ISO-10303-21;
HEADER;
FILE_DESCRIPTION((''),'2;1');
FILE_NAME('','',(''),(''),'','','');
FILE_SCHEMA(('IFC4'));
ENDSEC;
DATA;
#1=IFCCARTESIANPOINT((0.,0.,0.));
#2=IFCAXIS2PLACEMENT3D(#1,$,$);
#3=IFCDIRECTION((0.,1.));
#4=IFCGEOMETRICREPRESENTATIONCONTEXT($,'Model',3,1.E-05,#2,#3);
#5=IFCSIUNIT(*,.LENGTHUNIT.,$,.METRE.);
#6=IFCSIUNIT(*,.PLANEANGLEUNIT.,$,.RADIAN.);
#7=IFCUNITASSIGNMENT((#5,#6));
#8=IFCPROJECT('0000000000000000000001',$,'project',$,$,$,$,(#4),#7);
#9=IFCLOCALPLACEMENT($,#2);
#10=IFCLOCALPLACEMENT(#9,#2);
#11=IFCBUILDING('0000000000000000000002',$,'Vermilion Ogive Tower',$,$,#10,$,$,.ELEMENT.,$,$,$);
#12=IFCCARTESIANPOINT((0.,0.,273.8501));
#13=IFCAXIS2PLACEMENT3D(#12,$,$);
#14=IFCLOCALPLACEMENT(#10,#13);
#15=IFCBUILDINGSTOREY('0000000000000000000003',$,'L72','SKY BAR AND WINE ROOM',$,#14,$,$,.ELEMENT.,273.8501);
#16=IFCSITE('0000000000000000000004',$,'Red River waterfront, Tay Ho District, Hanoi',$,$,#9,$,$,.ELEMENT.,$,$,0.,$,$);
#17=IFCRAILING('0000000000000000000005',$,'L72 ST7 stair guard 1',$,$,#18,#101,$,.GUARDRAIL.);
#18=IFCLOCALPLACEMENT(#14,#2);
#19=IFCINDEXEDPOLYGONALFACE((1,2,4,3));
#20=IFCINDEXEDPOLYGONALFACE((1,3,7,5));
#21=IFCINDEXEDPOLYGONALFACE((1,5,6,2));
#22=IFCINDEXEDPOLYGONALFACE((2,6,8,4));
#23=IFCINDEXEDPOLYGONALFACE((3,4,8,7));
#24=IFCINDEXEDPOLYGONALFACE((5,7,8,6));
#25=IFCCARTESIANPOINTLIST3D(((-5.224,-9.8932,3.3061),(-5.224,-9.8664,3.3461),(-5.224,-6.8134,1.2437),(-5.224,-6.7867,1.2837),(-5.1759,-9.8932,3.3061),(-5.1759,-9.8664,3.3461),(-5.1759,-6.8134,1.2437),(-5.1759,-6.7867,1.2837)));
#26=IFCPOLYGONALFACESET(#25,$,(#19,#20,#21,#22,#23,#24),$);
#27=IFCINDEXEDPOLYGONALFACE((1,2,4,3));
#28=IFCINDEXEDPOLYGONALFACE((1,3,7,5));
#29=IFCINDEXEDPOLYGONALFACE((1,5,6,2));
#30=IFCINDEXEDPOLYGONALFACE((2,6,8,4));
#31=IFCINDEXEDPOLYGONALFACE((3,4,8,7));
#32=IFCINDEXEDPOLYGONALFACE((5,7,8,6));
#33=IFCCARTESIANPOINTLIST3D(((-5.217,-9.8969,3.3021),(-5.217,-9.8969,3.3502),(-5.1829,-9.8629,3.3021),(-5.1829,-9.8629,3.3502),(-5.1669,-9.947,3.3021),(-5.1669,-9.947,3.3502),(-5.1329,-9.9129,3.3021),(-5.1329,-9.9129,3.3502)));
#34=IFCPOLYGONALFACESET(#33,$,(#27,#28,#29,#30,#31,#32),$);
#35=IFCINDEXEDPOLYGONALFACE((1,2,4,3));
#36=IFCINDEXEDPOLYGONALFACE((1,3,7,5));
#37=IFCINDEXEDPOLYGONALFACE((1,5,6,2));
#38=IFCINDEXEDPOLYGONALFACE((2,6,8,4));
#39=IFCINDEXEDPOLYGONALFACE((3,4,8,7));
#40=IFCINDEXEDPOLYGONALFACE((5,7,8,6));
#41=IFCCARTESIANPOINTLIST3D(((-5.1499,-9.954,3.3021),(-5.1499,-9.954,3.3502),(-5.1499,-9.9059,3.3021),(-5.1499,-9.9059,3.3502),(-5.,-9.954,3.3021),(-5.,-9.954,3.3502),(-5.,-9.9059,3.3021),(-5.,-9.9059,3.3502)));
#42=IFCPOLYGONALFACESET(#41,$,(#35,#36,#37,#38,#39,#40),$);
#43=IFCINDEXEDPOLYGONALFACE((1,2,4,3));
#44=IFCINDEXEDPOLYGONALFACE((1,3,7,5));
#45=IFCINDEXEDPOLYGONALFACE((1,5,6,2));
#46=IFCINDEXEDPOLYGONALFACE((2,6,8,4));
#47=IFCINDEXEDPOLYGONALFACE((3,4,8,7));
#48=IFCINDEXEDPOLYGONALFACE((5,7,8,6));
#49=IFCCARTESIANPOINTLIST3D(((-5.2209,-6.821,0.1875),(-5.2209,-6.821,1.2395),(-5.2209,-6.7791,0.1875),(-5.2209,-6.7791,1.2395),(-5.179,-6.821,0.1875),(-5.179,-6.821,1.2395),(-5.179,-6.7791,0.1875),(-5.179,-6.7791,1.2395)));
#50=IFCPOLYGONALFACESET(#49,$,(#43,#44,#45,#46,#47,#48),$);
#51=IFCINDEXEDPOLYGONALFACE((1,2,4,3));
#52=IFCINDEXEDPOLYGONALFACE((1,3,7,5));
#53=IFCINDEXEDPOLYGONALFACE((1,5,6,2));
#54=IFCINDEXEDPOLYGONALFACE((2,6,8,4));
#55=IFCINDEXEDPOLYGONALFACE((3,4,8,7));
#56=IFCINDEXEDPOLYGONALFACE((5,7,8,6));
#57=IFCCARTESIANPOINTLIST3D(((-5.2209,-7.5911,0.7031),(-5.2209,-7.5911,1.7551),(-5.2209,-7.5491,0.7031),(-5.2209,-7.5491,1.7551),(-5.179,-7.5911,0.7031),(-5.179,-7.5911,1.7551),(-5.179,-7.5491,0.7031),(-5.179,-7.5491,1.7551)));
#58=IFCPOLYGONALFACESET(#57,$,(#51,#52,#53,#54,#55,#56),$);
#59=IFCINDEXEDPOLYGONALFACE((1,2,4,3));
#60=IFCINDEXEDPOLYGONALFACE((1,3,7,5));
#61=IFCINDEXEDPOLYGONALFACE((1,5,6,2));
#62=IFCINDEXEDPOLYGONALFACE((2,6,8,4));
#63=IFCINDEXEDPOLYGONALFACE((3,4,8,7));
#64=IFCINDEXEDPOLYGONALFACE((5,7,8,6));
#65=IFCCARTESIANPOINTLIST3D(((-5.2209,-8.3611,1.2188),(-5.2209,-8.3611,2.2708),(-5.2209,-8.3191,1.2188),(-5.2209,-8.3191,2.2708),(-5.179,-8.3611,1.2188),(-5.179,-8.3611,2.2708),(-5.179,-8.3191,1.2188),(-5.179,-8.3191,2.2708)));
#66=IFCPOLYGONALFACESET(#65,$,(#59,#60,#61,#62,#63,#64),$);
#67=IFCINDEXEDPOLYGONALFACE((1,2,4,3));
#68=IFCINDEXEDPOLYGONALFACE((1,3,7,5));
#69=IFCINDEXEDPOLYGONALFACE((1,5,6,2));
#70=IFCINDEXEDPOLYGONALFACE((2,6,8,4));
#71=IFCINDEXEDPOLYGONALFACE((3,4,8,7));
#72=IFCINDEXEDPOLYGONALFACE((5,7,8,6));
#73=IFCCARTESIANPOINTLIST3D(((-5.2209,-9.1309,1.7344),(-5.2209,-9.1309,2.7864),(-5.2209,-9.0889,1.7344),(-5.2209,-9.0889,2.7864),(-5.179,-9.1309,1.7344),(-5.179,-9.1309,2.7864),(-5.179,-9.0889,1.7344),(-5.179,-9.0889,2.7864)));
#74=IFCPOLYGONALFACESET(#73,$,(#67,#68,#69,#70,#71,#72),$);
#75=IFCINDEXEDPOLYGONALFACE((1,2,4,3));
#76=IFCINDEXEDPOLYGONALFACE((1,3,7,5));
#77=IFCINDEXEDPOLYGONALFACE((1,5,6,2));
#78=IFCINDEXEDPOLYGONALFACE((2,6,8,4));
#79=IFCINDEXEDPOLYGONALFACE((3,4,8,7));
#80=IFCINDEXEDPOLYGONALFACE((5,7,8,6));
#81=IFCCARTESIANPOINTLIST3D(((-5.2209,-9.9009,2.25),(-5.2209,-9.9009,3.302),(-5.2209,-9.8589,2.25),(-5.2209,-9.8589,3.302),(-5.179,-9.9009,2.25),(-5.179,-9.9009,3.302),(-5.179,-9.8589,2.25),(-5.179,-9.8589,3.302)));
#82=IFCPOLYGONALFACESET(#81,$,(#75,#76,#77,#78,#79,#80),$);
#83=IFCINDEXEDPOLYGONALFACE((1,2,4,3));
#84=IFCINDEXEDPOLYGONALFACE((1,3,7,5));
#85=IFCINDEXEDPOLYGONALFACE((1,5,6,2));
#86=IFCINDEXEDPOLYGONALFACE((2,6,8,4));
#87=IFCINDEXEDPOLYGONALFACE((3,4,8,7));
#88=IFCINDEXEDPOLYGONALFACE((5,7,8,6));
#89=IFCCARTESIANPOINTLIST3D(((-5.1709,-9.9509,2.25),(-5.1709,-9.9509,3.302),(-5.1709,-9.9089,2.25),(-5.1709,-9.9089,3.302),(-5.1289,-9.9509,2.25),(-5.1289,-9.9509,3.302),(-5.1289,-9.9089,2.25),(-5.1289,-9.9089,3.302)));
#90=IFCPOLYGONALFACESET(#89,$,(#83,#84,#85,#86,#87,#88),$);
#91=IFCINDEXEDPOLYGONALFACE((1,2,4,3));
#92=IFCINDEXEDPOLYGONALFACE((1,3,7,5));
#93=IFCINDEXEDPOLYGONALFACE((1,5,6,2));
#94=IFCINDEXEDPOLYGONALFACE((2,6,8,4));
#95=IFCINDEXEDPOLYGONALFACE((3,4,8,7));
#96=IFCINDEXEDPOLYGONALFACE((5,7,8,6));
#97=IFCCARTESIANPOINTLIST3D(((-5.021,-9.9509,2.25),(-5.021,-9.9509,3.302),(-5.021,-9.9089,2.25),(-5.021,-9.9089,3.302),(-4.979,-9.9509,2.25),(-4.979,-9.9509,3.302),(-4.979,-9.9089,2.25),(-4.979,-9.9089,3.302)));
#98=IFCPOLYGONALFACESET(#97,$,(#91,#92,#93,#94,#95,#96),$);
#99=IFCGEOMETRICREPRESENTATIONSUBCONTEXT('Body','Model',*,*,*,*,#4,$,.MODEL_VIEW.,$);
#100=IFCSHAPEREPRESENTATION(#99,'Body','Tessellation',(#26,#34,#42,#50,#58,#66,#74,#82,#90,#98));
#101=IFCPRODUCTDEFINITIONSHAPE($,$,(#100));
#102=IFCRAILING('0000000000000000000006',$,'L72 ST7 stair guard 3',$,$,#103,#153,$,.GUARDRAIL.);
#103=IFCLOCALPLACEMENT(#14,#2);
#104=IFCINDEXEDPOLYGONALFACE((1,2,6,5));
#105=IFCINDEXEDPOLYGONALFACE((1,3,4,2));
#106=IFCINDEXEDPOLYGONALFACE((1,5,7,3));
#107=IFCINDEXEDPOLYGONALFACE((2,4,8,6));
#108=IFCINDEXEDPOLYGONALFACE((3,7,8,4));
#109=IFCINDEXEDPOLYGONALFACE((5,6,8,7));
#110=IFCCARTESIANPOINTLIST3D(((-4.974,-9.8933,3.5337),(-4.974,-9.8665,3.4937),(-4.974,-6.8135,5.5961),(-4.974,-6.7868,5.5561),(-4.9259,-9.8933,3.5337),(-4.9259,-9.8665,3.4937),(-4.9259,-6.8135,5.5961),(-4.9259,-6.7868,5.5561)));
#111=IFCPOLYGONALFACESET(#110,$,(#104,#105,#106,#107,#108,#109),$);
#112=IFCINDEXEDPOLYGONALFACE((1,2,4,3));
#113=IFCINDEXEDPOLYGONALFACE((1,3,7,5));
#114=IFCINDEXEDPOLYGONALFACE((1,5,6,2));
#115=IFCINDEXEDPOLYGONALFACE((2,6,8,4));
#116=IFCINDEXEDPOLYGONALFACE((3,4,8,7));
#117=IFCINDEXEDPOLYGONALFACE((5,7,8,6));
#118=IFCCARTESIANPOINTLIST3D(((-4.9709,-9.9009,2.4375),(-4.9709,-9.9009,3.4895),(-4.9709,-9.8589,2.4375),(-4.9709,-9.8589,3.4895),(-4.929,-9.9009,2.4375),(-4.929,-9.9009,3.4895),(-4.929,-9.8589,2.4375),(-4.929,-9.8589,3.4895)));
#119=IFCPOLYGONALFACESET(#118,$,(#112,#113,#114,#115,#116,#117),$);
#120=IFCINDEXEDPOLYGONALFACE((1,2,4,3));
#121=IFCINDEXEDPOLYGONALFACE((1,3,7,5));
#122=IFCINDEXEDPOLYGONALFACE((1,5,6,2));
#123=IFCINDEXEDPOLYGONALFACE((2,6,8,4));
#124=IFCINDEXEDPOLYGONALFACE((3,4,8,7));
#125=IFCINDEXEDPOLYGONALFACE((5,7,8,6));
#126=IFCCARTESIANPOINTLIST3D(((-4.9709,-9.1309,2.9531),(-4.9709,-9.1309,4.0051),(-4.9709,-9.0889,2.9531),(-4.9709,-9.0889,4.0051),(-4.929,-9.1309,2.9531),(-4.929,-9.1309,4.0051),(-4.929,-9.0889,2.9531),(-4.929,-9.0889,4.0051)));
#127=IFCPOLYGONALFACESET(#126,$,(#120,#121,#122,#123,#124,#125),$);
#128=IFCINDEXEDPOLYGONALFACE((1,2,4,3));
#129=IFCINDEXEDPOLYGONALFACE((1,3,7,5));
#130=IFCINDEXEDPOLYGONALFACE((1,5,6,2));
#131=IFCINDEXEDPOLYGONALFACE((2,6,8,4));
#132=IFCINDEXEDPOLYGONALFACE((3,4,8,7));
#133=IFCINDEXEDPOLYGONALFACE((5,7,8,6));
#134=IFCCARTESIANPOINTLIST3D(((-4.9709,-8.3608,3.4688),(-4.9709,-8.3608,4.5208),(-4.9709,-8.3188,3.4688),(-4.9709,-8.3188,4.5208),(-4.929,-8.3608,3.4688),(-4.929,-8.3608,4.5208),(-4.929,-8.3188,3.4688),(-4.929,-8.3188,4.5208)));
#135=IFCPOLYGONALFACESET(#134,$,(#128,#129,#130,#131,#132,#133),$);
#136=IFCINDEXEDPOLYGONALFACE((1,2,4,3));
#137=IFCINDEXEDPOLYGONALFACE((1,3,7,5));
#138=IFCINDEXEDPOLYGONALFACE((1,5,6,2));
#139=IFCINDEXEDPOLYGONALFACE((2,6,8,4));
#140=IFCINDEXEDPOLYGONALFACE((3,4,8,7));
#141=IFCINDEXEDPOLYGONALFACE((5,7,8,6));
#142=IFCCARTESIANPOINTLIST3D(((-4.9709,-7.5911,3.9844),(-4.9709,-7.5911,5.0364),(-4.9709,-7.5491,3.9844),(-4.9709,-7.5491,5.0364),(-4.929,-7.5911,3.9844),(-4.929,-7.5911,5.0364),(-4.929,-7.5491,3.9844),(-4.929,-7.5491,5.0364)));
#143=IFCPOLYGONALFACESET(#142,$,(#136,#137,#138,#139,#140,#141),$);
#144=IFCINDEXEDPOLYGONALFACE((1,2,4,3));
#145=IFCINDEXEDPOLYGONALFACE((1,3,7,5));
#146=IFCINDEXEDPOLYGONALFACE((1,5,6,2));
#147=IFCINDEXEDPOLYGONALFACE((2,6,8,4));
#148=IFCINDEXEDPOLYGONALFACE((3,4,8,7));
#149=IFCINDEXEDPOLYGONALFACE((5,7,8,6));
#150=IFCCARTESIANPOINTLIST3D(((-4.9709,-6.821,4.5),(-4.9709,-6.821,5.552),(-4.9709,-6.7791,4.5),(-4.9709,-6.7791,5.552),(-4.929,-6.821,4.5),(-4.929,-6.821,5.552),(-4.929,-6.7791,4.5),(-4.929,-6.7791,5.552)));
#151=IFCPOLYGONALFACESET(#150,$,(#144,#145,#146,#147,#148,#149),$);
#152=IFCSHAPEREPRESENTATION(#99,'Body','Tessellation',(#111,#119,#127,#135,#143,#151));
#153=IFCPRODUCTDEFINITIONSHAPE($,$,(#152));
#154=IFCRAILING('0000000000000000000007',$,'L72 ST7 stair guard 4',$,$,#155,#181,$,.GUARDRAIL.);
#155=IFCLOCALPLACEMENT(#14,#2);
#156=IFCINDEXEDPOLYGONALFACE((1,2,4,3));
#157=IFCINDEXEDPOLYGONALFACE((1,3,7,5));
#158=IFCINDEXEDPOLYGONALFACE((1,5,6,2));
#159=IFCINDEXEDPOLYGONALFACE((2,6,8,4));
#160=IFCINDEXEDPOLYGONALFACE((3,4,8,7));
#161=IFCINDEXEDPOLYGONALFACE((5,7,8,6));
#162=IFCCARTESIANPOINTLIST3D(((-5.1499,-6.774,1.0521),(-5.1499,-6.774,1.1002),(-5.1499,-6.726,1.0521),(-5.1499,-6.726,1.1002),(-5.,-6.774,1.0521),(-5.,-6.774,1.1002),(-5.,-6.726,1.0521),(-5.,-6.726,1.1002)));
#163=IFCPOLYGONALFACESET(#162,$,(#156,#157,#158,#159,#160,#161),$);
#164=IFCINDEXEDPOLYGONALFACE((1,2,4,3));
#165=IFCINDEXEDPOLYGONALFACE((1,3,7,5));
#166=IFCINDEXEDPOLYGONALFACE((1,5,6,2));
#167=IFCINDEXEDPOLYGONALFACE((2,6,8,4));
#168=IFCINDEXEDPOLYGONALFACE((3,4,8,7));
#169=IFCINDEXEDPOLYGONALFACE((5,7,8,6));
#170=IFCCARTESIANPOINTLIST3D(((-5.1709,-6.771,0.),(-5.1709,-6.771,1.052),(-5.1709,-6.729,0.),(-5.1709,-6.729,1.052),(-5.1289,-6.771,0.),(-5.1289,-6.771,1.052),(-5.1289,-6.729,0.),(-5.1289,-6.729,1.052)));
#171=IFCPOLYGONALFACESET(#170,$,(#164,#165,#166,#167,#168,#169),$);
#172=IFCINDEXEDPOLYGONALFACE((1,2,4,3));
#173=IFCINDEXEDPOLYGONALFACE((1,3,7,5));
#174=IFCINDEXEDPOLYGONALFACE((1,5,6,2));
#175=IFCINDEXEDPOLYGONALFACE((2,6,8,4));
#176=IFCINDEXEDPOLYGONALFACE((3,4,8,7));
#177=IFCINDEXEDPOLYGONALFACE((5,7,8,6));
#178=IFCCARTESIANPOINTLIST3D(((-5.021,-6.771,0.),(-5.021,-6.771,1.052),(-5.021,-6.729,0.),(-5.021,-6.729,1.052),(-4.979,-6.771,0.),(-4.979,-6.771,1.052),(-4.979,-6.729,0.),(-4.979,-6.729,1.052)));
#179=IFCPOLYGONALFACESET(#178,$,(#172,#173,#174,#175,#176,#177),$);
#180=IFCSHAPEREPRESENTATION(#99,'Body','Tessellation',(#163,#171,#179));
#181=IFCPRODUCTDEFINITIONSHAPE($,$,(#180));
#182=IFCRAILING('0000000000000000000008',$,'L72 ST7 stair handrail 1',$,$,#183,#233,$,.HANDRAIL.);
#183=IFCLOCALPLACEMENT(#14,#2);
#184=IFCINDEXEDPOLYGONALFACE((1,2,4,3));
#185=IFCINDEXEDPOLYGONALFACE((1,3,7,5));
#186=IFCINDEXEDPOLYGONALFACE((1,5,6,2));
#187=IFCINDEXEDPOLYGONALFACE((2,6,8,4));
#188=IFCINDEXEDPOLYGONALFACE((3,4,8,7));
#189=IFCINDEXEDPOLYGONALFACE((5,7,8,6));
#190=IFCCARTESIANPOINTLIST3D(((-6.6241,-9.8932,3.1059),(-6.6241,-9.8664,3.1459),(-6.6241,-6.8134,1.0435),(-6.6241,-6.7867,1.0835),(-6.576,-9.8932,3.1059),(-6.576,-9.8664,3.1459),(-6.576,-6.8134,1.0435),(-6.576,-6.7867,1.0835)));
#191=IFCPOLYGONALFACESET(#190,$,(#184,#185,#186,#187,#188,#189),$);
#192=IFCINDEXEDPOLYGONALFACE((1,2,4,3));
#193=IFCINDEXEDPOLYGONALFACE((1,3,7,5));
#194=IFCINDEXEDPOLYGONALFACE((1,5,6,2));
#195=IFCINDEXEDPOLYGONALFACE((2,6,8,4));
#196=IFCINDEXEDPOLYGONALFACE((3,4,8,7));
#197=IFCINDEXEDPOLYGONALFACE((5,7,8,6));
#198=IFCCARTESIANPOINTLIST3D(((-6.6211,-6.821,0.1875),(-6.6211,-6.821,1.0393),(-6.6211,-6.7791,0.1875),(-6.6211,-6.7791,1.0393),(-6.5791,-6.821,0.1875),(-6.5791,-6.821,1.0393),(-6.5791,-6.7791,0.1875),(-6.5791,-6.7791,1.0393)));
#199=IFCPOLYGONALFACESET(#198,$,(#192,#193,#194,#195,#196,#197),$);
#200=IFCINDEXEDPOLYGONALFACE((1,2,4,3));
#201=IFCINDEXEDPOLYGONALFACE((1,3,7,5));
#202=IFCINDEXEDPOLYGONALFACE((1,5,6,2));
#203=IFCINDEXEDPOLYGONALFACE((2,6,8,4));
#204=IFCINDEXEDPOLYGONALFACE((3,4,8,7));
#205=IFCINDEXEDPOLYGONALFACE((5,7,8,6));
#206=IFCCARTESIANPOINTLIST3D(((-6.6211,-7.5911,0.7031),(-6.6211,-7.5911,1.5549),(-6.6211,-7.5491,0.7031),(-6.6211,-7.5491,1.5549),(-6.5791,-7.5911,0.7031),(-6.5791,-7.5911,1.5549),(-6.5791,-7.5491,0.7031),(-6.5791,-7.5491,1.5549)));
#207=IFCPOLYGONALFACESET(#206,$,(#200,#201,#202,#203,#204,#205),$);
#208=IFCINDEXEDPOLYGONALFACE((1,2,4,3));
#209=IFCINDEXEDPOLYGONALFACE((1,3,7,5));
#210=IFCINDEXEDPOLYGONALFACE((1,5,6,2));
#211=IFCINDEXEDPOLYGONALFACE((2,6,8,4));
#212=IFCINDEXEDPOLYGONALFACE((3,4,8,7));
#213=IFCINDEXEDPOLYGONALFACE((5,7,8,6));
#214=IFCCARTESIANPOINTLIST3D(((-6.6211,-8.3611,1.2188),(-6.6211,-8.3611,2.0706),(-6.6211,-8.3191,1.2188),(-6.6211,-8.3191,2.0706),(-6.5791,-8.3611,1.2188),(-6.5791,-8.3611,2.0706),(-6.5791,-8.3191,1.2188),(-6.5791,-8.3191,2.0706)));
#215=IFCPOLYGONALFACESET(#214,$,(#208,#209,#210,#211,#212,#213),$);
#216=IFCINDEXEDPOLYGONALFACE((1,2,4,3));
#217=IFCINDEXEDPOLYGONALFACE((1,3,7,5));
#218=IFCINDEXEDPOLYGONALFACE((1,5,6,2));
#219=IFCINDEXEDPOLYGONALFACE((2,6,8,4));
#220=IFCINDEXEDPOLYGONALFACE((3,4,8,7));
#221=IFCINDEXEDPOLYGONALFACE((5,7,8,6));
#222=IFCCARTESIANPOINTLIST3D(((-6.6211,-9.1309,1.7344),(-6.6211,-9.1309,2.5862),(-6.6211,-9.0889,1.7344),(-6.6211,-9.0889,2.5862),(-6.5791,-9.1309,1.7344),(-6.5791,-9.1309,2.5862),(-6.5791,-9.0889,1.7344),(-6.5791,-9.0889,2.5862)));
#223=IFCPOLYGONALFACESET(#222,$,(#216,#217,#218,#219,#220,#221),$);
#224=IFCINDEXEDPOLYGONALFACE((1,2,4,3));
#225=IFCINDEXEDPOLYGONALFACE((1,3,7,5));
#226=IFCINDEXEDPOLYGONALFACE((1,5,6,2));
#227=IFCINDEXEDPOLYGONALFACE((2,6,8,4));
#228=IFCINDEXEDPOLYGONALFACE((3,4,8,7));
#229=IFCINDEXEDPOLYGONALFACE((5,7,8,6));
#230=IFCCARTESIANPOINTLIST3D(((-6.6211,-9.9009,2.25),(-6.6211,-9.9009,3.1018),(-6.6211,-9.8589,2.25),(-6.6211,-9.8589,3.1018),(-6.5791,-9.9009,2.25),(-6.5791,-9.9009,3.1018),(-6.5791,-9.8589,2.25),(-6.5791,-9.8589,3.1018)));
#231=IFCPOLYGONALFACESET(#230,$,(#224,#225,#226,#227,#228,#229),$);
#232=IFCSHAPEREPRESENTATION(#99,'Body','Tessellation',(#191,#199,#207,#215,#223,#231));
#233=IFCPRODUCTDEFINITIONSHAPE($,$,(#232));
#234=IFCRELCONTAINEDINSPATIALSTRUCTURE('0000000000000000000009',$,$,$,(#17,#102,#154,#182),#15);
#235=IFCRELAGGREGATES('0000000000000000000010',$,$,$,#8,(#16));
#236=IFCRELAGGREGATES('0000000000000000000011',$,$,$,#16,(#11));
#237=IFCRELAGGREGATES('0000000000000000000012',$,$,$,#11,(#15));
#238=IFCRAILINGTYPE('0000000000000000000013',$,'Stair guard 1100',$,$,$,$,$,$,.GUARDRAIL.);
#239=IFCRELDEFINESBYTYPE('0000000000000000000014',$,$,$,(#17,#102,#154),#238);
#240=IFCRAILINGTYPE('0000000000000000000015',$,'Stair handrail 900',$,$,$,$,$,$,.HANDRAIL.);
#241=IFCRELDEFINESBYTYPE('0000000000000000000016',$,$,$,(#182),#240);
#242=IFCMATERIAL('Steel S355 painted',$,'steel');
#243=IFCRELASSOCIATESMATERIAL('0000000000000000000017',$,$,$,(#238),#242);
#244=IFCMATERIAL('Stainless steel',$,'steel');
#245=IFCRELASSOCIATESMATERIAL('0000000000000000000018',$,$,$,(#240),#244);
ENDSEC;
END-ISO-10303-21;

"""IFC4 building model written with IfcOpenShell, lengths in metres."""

from ifc_helpers import new_model, si_unit, direction, frame, origin, origin_2d, place, context, subcontext, project, spatial, rectangle, extrude, material, type_object, element, save


model = new_model("IFC4")

# Units and contexts
model_context = context("Model", 3, precision=1e-05, world=origin(), true_north=direction((0.0, 1.0)))
body_context = subcontext(model_context, "Body", "Model", "MODEL_VIEW")
ifc_project = project(units=[si_unit("LENGTHUNIT", "METRE"), si_unit("PLANEANGLEUNIT", "RADIAN")], contexts=[model_context])

# Site, building, storey
site_placement = place(None, origin())
site = spatial("IfcSite", under=ifc_project, at=site_placement, Name="Red River waterfront, Tay Ho District, Hanoi", CompositionType="ELEMENT", RefElevation=0.0)
building_placement = place(site_placement, origin())
building = spatial("IfcBuilding", under=site, at=building_placement, Name="Vermilion Ogive Tower", CompositionType="ELEMENT")
storey_placement = place(building_placement, frame((0.0, 0.0, 273.8501)))
storey = spatial("IfcBuildingStorey", under=building, at=storey_placement, Name="L72", Description="SKY BAR AND WINE ROOM", CompositionType="ELEMENT", Elevation=273.8501)

# Railings
ifc_material_1 = material(Name="Steel S355 painted", Category="steel")
railing_type_1 = type_object("IfcRailingType", Name="Stair guard 1100", PredefinedType="GUARDRAIL", material=ifc_material_1)
railing_1_placement = place(storey_placement, frame((-5.2, -6.8, 0.1875)))
element("IfcRailing", 1, at=railing_1_placement, inside=storey, type_object=railing_type_1, Name="L72 ST7 stair guard 1", PredefinedType="GUARDRAIL", context=body_context, shape_type="SweptSolid", body=[
    extrude(rectangle(XDim=0.0481, YDim=0.0481, at=origin_2d()), frame((0.0, 0.0, 1.0762), z_axis=(0.0, -0.830893, 0.556432), x_axis=(1.0, 0.0, 0.0)), (0.0, 0.0, 1.0), 3.7065),
    extrude(rectangle(XDim=0.0481, YDim=0.0481, at=origin_2d()), frame((0.0, -3.0798, 3.1387), z_axis=(0.707107, -0.707107, 0.0), x_axis=(0.707107, 0.707107, 0.0)), (0.0, 0.0, 1.0), 0.0708),
    extrude(rectangle(XDim=0.0481, YDim=0.0481, at=origin_2d()), frame((0.05, -3.1299, 3.1387), z_axis=(1.0, 0.0, 0.0), x_axis=(0.0, 1.0, 0.0)), (0.0, 0.0, 1.0), 0.1499),
    extrude(rectangle(XDim=0.042, YDim=0.042, at=origin_2d()), origin(), (0.0, 0.0, 1.0), 1.052),
    extrude(rectangle(XDim=0.042, YDim=0.042, at=origin_2d()), frame((0.0, -0.77, 0.5156)), (0.0, 0.0, 1.0), 1.052),
    extrude(rectangle(XDim=0.042, YDim=0.042, at=origin_2d()), frame((0.0, -1.54, 1.0312)), (0.0, 0.0, 1.0), 1.052),
    extrude(rectangle(XDim=0.042, YDim=0.042, at=origin_2d()), frame((0.0, -2.3098, 1.5469)), (0.0, 0.0, 1.0), 1.052),
    extrude(rectangle(XDim=0.042, YDim=0.042, at=origin_2d()), frame((0.0, -3.0798, 2.0625)), (0.0, 0.0, 1.0), 1.052),
    extrude(rectangle(XDim=0.042, YDim=0.042, at=origin_2d()), frame((0.05, -3.1299, 2.0625)), (0.0, 0.0, 1.0), 1.052),
    extrude(rectangle(XDim=0.042, YDim=0.042, at=origin_2d()), frame((0.2, -3.1299, 2.0625)), (0.0, 0.0, 1.0), 1.052),
])
railing_2_placement = place(storey_placement, frame((-4.95, -9.8799, 2.4375)))
element("IfcRailing", 2, at=railing_2_placement, inside=storey, type_object=railing_type_1, Name="L72 ST7 stair guard 3", PredefinedType="GUARDRAIL", context=body_context, shape_type="SweptSolid", body=[
    extrude(rectangle(XDim=0.0481, YDim=0.0481, at=origin_2d()), frame((0.0, 0.0, 1.0762), z_axis=(0.0, 0.830893, 0.556432), x_axis=(-1.0, 0.0, 0.0)), (0.0, 0.0, 1.0), 3.7065),
    extrude(rectangle(XDim=0.042, YDim=0.042, at=origin_2d()), origin(), (0.0, 0.0, 1.0), 1.052),
    extrude(rectangle(XDim=0.042, YDim=0.042, at=origin_2d()), frame((0.0, 0.77, 0.5156)), (0.0, 0.0, 1.0), 1.052),
    extrude(rectangle(XDim=0.042, YDim=0.042, at=origin_2d()), frame((0.0, 1.54, 1.0312)), (0.0, 0.0, 1.0), 1.052),
    extrude(rectangle(XDim=0.042, YDim=0.042, at=origin_2d()), frame((0.0, 2.3098, 1.5469)), (0.0, 0.0, 1.0), 1.052),
    extrude(rectangle(XDim=0.042, YDim=0.042, at=origin_2d()), frame((0.0, 3.0798, 2.0625)), (0.0, 0.0, 1.0), 1.052),
])
railing_3_placement = place(storey_placement, frame((-5.1499, -6.75, 0.0)))
element("IfcRailing", 3, at=railing_3_placement, inside=storey, type_object=railing_type_1, Name="L72 ST7 stair guard 4", PredefinedType="GUARDRAIL", context=body_context, shape_type="SweptSolid", body=[
    extrude(rectangle(XDim=0.0481, YDim=0.0481, at=origin_2d()), frame((0.0, 0.0, 1.0762), z_axis=(1.0, 0.0, 0.0), x_axis=(0.0, 1.0, 0.0)), (0.0, 0.0, 1.0), 0.1499),
    extrude(rectangle(XDim=0.042, YDim=0.042, at=origin_2d()), origin(), (0.0, 0.0, 1.0), 1.052),
    extrude(rectangle(XDim=0.042, YDim=0.042, at=origin_2d()), frame((0.1499, 0.0, 0.0)), (0.0, 0.0, 1.0), 1.052),
])
ifc_material_2 = material(Name="Stainless steel", Category="steel")
railing_type_2 = type_object("IfcRailingType", Name="Stair handrail 900", PredefinedType="HANDRAIL", material=ifc_material_2)
railing_4_placement = place(storey_placement, frame((-6.6001, -6.8, 0.1875)))
element("IfcRailing", 4, at=railing_4_placement, inside=storey, type_object=railing_type_2, Name="L72 ST7 stair handrail 1", PredefinedType="HANDRAIL", context=body_context, shape_type="SweptSolid", body=[
    extrude(rectangle(XDim=0.0481, YDim=0.0481, at=origin_2d()), frame((0.0, 0.0, 0.876), z_axis=(0.0, -0.830893, 0.556432), x_axis=(1.0, 0.0, 0.0)), (0.0, 0.0, 1.0), 3.7065),
    extrude(rectangle(XDim=0.042, YDim=0.042, at=origin_2d()), origin(), (0.0, 0.0, 1.0), 0.8518),
    extrude(rectangle(XDim=0.042, YDim=0.042, at=origin_2d()), frame((0.0, -0.77, 0.5156)), (0.0, 0.0, 1.0), 0.8518),
    extrude(rectangle(XDim=0.042, YDim=0.042, at=origin_2d()), frame((0.0, -1.54, 1.0312)), (0.0, 0.0, 1.0), 0.8518),
    extrude(rectangle(XDim=0.042, YDim=0.042, at=origin_2d()), frame((0.0, -2.3098, 1.5469)), (0.0, 0.0, 1.0), 0.8518),
    extrude(rectangle(XDim=0.042, YDim=0.042, at=origin_2d()), frame((0.0, -3.0798, 2.0625)), (0.0, 0.0, 1.0), 0.8518),
])

save(model, "model.ifc")
